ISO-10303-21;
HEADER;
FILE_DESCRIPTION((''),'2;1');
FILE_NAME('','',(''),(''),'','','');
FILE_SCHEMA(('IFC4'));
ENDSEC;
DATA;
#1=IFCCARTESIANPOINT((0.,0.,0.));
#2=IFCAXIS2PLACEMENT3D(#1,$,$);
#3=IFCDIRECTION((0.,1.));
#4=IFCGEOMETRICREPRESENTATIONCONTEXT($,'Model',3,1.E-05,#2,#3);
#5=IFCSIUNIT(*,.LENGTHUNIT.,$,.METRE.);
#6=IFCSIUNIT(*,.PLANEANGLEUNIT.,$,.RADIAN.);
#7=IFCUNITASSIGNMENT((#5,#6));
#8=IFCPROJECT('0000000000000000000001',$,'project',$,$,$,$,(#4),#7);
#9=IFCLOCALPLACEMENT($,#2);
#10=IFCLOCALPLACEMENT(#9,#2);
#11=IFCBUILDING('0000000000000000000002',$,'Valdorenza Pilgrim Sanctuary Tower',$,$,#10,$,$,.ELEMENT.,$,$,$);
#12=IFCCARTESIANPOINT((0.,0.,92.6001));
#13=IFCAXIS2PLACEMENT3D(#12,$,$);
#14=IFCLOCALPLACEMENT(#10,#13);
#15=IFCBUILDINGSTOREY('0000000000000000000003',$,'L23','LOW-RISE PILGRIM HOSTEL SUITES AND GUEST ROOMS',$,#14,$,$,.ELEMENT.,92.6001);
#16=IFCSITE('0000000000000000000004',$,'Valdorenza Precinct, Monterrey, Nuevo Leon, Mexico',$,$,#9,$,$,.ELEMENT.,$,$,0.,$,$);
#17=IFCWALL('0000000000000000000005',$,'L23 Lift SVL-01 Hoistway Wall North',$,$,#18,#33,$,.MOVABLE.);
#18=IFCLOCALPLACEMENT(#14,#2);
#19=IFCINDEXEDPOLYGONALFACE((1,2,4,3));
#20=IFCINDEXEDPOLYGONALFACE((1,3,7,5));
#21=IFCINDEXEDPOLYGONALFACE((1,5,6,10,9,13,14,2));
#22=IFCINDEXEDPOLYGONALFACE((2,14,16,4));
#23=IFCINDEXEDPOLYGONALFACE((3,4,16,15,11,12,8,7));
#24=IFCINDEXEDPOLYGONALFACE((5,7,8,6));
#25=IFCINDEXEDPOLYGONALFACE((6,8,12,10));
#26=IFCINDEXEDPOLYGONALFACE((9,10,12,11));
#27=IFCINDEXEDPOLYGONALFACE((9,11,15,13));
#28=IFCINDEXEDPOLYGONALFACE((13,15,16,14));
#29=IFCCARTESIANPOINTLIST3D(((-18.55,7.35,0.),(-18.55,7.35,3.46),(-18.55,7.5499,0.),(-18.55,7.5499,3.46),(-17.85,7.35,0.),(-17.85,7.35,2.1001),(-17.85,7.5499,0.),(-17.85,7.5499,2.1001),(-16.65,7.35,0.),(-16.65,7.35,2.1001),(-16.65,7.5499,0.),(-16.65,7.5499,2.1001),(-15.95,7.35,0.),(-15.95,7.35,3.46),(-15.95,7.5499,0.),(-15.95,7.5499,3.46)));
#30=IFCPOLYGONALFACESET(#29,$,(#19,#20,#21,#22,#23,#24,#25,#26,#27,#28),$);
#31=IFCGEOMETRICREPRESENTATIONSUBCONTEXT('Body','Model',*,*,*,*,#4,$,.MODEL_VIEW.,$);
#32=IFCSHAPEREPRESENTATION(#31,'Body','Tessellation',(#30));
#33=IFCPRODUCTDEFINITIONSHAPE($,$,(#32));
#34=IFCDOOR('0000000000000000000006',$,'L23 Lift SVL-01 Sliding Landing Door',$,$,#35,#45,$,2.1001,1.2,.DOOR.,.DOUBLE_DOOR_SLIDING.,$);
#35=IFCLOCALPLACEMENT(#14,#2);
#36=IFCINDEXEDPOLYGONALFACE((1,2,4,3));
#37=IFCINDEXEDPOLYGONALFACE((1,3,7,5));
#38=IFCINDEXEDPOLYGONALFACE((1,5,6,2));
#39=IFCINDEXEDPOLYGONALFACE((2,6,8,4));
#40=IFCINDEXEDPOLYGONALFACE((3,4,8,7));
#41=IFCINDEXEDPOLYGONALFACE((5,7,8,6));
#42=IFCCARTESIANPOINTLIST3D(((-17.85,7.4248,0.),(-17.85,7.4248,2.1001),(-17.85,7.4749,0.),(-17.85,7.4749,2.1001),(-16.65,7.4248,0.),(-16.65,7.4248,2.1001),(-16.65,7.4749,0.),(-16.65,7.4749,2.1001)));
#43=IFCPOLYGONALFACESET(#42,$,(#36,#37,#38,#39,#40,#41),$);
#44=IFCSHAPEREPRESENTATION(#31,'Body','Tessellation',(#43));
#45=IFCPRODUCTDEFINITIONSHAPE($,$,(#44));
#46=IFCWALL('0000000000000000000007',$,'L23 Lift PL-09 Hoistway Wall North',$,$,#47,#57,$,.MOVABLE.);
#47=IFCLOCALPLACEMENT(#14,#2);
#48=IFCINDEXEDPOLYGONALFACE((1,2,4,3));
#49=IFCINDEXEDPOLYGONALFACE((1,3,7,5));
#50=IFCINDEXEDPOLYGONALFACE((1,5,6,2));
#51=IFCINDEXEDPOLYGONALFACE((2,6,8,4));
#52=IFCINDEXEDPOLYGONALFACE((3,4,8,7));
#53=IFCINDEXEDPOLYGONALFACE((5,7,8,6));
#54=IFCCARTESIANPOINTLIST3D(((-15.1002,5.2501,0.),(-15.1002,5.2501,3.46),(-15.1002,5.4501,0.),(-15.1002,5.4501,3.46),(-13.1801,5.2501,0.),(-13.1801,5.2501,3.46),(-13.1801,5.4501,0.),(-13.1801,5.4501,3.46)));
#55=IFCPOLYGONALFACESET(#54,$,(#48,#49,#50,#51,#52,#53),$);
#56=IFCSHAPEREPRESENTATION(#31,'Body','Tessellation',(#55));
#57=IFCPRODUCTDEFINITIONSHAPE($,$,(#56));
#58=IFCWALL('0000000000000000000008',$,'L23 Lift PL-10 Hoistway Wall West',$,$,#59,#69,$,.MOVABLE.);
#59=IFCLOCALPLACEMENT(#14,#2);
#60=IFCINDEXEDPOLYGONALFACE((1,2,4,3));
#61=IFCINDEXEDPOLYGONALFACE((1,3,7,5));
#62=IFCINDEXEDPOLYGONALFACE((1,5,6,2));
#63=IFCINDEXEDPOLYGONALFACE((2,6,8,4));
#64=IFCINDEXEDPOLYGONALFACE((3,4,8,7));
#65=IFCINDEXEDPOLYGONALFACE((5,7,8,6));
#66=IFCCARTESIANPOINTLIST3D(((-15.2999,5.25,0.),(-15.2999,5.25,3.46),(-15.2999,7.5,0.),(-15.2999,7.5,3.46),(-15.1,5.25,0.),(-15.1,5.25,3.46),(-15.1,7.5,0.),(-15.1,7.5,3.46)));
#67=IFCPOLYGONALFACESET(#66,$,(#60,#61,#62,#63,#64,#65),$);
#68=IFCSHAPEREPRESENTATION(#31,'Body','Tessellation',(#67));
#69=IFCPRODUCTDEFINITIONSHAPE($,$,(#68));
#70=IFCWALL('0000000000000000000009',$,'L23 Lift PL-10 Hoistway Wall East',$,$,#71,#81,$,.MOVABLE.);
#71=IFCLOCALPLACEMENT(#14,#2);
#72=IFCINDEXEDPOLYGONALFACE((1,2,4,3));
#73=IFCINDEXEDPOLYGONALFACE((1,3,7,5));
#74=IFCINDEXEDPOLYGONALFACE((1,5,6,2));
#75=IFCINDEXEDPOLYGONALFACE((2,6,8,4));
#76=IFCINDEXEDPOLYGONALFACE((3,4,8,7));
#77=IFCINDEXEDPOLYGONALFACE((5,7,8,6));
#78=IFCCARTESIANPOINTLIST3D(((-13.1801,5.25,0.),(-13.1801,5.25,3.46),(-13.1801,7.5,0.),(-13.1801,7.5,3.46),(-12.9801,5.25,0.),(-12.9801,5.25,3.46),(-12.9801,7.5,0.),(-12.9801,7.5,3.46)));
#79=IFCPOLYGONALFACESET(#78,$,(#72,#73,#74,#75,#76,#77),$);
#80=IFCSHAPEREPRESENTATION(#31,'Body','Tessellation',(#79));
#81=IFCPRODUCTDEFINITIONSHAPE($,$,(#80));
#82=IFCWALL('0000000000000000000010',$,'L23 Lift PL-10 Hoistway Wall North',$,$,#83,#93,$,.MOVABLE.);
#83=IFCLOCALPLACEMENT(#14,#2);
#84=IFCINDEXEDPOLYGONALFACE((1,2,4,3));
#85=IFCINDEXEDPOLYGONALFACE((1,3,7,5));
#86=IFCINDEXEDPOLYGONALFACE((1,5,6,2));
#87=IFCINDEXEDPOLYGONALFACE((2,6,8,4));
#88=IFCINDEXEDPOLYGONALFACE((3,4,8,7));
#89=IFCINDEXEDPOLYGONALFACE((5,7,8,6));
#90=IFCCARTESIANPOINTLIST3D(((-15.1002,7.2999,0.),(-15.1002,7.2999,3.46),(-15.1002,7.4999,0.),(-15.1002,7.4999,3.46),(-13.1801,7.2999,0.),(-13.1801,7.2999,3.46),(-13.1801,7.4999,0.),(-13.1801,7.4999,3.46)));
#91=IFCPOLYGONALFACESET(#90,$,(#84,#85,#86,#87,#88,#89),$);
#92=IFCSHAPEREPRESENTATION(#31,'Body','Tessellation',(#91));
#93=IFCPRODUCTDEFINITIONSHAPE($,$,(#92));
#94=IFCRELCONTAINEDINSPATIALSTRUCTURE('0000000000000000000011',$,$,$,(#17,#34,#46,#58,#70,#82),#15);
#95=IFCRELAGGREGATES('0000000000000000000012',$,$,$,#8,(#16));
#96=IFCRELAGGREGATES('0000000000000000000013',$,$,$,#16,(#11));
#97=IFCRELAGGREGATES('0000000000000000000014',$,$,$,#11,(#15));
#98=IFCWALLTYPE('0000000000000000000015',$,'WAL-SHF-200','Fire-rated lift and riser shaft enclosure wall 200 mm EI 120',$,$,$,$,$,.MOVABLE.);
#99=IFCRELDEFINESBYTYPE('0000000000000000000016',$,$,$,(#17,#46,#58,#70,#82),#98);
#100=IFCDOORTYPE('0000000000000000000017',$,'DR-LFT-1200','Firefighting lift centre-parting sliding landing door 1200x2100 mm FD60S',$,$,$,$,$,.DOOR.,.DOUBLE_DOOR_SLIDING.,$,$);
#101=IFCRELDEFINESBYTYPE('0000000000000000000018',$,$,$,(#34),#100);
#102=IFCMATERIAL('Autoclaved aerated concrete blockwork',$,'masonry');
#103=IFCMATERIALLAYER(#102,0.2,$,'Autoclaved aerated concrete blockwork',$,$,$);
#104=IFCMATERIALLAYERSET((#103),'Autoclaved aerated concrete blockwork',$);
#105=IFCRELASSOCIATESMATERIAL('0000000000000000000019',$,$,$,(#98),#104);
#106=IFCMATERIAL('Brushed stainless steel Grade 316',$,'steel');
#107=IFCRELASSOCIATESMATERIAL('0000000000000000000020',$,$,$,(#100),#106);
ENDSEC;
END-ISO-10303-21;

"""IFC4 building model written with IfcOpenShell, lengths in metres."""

from ifc_helpers import new_model, si_unit, direction, frame, frame_2d, origin, place, context, subcontext, project, spatial, rectangle, extrude, material, layer, layer_set, type_object, element, fill, save


model = new_model("IFC4")

# Units and contexts
model_context = context("Model", 3, precision=1e-05, world=origin(), true_north=direction((0.0, 1.0)))
body_context = subcontext(model_context, "Body", "Model", "MODEL_VIEW")
ifc_project = project(units=[si_unit("LENGTHUNIT", "METRE"), si_unit("PLANEANGLEUNIT", "RADIAN")], contexts=[model_context])

# Site, building, storey
site_placement = place(None, origin())
site = spatial("IfcSite", under=ifc_project, at=site_placement, Name="Valdorenza Precinct, Monterrey, Nuevo Leon, Mexico", CompositionType="ELEMENT", RefElevation=0.0)
building_placement = place(site_placement, origin())
building = spatial("IfcBuilding", under=site, at=building_placement, Name="Valdorenza Pilgrim Sanctuary Tower", CompositionType="ELEMENT")
storey_placement = place(building_placement, frame((0.0, 0.0, 92.6001)))
storey = spatial("IfcBuildingStorey", under=building, at=storey_placement, Name="L23", Description="LOW-RISE PILGRIM HOSTEL SUITES AND GUEST ROOMS", CompositionType="ELEMENT", Elevation=92.6001)

# Shared definitions
ifc_material_1 = material(Name="Autoclaved aerated concrete blockwork", Category="masonry")
ifc_layer_1 = layer(ifc_material_1, 0.2, Name="Autoclaved aerated concrete blockwork")
ifc_layer_set_1 = layer_set([ifc_layer_1], Name="Autoclaved aerated concrete blockwork")
wall_type_1 = type_object("IfcWallType", Name="WAL-SHF-200", Description="Fire-rated lift and riser shaft enclosure wall 200 mm EI 120", PredefinedType="MOVABLE", material=ifc_layer_set_1)

# Wall, opening, door
wall_1_placement = place(storey_placement, frame((-18.55, 7.45, 0.0), z_axis=(0.0, 0.0, 1.0), x_axis=(1.0, 0.0, 0.0)))
wall_1 = element("IfcWall", 1, at=wall_1_placement, inside=storey, type_object=wall_type_1, Name="L23 Lift SVL-01 Hoistway Wall North", PredefinedType="MOVABLE", context=body_context, shape_type="SweptSolid", body=[
    extrude(rectangle(XDim=2.6001, YDim=0.2, at=frame_2d((1.3, 0.0))), origin(), (0.0, 0.0, 1.0), 3.46),
])
opening_1_placement = place(wall_1_placement, frame((0.7, 0.0, 0.0)))
opening_1 = element("IfcOpeningElement", 2, at=opening_1_placement, cuts=wall_1, PredefinedType="OPENING", context=body_context, shape_type="SweptSolid", body=[
    extrude(rectangle(XDim=1.2, YDim=2.1001, at=frame_2d((0.6001, 1.05))), frame((0.0, 0.1147, 0.0), z_axis=(0.0, -1.0, 0.0), x_axis=(1.0, 0.0, 0.0)), (0.0, 0.0, 1.0), 0.2297),
])
ifc_material_2 = material(Name="Brushed stainless steel Grade 316", Category="steel")
door_type_1 = type_object("IfcDoorType", Name="DR-LFT-1200", Description="Firefighting lift centre-parting sliding landing door 1200x2100 mm FD60S", OperationType="DOUBLE_DOOR_SLIDING", PredefinedType="DOOR", material=ifc_material_2)
door_1_placement = place(opening_1_placement, origin())
door_1 = element("IfcDoor", 3, at=door_1_placement, inside=storey, type_object=door_type_1, Name="L23 Lift SVL-01 Sliding Landing Door", OperationType="DOUBLE_DOOR_SLIDING", OverallHeight=2.1001, OverallWidth=1.2, PredefinedType="DOOR", context=body_context, shape_type="SweptSolid", body=[
    extrude(rectangle(XDim=1.2, YDim=2.1001, at=frame_2d((0.6001, 1.05))), frame((0.0, 0.0249, 0.0), z_axis=(0.0, -1.0, 0.0), x_axis=(1.0, 0.0, 0.0)), (0.0, 0.0, 1.0), 0.05),
])
fill(opening_1, door_1)

# Walls
wall_2_placement = place(storey_placement, frame((-15.1001, 5.3501, 0.0), z_axis=(0.0, 0.0, 1.0), x_axis=(1.0, 0.0, 0.0)))
element("IfcWall", 4, at=wall_2_placement, inside=storey, type_object=wall_type_1, Name="L23 Lift PL-09 Hoistway Wall North", PredefinedType="MOVABLE", context=body_context, shape_type="SweptSolid", body=[
    extrude(rectangle(XDim=1.9202, YDim=0.2, at=frame_2d((0.96, 0.0))), origin(), (0.0, 0.0, 1.0), 3.46),
])
for number, where, z_axis, x_axis, name in (
    (5, (-15.2, 5.25, 0.0), (0.0, 0.0, 1.0), (0.0, 1.0, 0.0), "L23 Lift PL-10 Hoistway Wall West"),
    (6, (-13.0801, 5.25, 0.0), (0.0, 0.0, 1.0), (0.0, 1.0, 0.0), "L23 Lift PL-10 Hoistway Wall East"),
):
    element("IfcWall", number, at=place(storey_placement, frame(where, z_axis=z_axis, x_axis=x_axis)), inside=storey, type_object=wall_type_1, Name=name, PredefinedType="MOVABLE", context=body_context, shape_type="SweptSolid", body=[
        extrude(rectangle(XDim=2.25, YDim=0.2, at=frame_2d((1.125, 0.0))), origin(), (0.0, 0.0, 1.0), 3.46),
    ])
wall_3_placement = place(storey_placement, frame((-15.1001, 7.3999, 0.0), z_axis=(0.0, 0.0, 1.0), x_axis=(1.0, 0.0, 0.0)))
element("IfcWall", 7, at=wall_3_placement, inside=storey, type_object=wall_type_1, Name="L23 Lift PL-10 Hoistway Wall North", PredefinedType="MOVABLE", context=body_context, shape_type="SweptSolid", body=[
    extrude(rectangle(XDim=1.9202, YDim=0.2, at=frame_2d((0.96, 0.0))), origin(), (0.0, 0.0, 1.0), 3.46),
])

save(model, "model.ifc")
